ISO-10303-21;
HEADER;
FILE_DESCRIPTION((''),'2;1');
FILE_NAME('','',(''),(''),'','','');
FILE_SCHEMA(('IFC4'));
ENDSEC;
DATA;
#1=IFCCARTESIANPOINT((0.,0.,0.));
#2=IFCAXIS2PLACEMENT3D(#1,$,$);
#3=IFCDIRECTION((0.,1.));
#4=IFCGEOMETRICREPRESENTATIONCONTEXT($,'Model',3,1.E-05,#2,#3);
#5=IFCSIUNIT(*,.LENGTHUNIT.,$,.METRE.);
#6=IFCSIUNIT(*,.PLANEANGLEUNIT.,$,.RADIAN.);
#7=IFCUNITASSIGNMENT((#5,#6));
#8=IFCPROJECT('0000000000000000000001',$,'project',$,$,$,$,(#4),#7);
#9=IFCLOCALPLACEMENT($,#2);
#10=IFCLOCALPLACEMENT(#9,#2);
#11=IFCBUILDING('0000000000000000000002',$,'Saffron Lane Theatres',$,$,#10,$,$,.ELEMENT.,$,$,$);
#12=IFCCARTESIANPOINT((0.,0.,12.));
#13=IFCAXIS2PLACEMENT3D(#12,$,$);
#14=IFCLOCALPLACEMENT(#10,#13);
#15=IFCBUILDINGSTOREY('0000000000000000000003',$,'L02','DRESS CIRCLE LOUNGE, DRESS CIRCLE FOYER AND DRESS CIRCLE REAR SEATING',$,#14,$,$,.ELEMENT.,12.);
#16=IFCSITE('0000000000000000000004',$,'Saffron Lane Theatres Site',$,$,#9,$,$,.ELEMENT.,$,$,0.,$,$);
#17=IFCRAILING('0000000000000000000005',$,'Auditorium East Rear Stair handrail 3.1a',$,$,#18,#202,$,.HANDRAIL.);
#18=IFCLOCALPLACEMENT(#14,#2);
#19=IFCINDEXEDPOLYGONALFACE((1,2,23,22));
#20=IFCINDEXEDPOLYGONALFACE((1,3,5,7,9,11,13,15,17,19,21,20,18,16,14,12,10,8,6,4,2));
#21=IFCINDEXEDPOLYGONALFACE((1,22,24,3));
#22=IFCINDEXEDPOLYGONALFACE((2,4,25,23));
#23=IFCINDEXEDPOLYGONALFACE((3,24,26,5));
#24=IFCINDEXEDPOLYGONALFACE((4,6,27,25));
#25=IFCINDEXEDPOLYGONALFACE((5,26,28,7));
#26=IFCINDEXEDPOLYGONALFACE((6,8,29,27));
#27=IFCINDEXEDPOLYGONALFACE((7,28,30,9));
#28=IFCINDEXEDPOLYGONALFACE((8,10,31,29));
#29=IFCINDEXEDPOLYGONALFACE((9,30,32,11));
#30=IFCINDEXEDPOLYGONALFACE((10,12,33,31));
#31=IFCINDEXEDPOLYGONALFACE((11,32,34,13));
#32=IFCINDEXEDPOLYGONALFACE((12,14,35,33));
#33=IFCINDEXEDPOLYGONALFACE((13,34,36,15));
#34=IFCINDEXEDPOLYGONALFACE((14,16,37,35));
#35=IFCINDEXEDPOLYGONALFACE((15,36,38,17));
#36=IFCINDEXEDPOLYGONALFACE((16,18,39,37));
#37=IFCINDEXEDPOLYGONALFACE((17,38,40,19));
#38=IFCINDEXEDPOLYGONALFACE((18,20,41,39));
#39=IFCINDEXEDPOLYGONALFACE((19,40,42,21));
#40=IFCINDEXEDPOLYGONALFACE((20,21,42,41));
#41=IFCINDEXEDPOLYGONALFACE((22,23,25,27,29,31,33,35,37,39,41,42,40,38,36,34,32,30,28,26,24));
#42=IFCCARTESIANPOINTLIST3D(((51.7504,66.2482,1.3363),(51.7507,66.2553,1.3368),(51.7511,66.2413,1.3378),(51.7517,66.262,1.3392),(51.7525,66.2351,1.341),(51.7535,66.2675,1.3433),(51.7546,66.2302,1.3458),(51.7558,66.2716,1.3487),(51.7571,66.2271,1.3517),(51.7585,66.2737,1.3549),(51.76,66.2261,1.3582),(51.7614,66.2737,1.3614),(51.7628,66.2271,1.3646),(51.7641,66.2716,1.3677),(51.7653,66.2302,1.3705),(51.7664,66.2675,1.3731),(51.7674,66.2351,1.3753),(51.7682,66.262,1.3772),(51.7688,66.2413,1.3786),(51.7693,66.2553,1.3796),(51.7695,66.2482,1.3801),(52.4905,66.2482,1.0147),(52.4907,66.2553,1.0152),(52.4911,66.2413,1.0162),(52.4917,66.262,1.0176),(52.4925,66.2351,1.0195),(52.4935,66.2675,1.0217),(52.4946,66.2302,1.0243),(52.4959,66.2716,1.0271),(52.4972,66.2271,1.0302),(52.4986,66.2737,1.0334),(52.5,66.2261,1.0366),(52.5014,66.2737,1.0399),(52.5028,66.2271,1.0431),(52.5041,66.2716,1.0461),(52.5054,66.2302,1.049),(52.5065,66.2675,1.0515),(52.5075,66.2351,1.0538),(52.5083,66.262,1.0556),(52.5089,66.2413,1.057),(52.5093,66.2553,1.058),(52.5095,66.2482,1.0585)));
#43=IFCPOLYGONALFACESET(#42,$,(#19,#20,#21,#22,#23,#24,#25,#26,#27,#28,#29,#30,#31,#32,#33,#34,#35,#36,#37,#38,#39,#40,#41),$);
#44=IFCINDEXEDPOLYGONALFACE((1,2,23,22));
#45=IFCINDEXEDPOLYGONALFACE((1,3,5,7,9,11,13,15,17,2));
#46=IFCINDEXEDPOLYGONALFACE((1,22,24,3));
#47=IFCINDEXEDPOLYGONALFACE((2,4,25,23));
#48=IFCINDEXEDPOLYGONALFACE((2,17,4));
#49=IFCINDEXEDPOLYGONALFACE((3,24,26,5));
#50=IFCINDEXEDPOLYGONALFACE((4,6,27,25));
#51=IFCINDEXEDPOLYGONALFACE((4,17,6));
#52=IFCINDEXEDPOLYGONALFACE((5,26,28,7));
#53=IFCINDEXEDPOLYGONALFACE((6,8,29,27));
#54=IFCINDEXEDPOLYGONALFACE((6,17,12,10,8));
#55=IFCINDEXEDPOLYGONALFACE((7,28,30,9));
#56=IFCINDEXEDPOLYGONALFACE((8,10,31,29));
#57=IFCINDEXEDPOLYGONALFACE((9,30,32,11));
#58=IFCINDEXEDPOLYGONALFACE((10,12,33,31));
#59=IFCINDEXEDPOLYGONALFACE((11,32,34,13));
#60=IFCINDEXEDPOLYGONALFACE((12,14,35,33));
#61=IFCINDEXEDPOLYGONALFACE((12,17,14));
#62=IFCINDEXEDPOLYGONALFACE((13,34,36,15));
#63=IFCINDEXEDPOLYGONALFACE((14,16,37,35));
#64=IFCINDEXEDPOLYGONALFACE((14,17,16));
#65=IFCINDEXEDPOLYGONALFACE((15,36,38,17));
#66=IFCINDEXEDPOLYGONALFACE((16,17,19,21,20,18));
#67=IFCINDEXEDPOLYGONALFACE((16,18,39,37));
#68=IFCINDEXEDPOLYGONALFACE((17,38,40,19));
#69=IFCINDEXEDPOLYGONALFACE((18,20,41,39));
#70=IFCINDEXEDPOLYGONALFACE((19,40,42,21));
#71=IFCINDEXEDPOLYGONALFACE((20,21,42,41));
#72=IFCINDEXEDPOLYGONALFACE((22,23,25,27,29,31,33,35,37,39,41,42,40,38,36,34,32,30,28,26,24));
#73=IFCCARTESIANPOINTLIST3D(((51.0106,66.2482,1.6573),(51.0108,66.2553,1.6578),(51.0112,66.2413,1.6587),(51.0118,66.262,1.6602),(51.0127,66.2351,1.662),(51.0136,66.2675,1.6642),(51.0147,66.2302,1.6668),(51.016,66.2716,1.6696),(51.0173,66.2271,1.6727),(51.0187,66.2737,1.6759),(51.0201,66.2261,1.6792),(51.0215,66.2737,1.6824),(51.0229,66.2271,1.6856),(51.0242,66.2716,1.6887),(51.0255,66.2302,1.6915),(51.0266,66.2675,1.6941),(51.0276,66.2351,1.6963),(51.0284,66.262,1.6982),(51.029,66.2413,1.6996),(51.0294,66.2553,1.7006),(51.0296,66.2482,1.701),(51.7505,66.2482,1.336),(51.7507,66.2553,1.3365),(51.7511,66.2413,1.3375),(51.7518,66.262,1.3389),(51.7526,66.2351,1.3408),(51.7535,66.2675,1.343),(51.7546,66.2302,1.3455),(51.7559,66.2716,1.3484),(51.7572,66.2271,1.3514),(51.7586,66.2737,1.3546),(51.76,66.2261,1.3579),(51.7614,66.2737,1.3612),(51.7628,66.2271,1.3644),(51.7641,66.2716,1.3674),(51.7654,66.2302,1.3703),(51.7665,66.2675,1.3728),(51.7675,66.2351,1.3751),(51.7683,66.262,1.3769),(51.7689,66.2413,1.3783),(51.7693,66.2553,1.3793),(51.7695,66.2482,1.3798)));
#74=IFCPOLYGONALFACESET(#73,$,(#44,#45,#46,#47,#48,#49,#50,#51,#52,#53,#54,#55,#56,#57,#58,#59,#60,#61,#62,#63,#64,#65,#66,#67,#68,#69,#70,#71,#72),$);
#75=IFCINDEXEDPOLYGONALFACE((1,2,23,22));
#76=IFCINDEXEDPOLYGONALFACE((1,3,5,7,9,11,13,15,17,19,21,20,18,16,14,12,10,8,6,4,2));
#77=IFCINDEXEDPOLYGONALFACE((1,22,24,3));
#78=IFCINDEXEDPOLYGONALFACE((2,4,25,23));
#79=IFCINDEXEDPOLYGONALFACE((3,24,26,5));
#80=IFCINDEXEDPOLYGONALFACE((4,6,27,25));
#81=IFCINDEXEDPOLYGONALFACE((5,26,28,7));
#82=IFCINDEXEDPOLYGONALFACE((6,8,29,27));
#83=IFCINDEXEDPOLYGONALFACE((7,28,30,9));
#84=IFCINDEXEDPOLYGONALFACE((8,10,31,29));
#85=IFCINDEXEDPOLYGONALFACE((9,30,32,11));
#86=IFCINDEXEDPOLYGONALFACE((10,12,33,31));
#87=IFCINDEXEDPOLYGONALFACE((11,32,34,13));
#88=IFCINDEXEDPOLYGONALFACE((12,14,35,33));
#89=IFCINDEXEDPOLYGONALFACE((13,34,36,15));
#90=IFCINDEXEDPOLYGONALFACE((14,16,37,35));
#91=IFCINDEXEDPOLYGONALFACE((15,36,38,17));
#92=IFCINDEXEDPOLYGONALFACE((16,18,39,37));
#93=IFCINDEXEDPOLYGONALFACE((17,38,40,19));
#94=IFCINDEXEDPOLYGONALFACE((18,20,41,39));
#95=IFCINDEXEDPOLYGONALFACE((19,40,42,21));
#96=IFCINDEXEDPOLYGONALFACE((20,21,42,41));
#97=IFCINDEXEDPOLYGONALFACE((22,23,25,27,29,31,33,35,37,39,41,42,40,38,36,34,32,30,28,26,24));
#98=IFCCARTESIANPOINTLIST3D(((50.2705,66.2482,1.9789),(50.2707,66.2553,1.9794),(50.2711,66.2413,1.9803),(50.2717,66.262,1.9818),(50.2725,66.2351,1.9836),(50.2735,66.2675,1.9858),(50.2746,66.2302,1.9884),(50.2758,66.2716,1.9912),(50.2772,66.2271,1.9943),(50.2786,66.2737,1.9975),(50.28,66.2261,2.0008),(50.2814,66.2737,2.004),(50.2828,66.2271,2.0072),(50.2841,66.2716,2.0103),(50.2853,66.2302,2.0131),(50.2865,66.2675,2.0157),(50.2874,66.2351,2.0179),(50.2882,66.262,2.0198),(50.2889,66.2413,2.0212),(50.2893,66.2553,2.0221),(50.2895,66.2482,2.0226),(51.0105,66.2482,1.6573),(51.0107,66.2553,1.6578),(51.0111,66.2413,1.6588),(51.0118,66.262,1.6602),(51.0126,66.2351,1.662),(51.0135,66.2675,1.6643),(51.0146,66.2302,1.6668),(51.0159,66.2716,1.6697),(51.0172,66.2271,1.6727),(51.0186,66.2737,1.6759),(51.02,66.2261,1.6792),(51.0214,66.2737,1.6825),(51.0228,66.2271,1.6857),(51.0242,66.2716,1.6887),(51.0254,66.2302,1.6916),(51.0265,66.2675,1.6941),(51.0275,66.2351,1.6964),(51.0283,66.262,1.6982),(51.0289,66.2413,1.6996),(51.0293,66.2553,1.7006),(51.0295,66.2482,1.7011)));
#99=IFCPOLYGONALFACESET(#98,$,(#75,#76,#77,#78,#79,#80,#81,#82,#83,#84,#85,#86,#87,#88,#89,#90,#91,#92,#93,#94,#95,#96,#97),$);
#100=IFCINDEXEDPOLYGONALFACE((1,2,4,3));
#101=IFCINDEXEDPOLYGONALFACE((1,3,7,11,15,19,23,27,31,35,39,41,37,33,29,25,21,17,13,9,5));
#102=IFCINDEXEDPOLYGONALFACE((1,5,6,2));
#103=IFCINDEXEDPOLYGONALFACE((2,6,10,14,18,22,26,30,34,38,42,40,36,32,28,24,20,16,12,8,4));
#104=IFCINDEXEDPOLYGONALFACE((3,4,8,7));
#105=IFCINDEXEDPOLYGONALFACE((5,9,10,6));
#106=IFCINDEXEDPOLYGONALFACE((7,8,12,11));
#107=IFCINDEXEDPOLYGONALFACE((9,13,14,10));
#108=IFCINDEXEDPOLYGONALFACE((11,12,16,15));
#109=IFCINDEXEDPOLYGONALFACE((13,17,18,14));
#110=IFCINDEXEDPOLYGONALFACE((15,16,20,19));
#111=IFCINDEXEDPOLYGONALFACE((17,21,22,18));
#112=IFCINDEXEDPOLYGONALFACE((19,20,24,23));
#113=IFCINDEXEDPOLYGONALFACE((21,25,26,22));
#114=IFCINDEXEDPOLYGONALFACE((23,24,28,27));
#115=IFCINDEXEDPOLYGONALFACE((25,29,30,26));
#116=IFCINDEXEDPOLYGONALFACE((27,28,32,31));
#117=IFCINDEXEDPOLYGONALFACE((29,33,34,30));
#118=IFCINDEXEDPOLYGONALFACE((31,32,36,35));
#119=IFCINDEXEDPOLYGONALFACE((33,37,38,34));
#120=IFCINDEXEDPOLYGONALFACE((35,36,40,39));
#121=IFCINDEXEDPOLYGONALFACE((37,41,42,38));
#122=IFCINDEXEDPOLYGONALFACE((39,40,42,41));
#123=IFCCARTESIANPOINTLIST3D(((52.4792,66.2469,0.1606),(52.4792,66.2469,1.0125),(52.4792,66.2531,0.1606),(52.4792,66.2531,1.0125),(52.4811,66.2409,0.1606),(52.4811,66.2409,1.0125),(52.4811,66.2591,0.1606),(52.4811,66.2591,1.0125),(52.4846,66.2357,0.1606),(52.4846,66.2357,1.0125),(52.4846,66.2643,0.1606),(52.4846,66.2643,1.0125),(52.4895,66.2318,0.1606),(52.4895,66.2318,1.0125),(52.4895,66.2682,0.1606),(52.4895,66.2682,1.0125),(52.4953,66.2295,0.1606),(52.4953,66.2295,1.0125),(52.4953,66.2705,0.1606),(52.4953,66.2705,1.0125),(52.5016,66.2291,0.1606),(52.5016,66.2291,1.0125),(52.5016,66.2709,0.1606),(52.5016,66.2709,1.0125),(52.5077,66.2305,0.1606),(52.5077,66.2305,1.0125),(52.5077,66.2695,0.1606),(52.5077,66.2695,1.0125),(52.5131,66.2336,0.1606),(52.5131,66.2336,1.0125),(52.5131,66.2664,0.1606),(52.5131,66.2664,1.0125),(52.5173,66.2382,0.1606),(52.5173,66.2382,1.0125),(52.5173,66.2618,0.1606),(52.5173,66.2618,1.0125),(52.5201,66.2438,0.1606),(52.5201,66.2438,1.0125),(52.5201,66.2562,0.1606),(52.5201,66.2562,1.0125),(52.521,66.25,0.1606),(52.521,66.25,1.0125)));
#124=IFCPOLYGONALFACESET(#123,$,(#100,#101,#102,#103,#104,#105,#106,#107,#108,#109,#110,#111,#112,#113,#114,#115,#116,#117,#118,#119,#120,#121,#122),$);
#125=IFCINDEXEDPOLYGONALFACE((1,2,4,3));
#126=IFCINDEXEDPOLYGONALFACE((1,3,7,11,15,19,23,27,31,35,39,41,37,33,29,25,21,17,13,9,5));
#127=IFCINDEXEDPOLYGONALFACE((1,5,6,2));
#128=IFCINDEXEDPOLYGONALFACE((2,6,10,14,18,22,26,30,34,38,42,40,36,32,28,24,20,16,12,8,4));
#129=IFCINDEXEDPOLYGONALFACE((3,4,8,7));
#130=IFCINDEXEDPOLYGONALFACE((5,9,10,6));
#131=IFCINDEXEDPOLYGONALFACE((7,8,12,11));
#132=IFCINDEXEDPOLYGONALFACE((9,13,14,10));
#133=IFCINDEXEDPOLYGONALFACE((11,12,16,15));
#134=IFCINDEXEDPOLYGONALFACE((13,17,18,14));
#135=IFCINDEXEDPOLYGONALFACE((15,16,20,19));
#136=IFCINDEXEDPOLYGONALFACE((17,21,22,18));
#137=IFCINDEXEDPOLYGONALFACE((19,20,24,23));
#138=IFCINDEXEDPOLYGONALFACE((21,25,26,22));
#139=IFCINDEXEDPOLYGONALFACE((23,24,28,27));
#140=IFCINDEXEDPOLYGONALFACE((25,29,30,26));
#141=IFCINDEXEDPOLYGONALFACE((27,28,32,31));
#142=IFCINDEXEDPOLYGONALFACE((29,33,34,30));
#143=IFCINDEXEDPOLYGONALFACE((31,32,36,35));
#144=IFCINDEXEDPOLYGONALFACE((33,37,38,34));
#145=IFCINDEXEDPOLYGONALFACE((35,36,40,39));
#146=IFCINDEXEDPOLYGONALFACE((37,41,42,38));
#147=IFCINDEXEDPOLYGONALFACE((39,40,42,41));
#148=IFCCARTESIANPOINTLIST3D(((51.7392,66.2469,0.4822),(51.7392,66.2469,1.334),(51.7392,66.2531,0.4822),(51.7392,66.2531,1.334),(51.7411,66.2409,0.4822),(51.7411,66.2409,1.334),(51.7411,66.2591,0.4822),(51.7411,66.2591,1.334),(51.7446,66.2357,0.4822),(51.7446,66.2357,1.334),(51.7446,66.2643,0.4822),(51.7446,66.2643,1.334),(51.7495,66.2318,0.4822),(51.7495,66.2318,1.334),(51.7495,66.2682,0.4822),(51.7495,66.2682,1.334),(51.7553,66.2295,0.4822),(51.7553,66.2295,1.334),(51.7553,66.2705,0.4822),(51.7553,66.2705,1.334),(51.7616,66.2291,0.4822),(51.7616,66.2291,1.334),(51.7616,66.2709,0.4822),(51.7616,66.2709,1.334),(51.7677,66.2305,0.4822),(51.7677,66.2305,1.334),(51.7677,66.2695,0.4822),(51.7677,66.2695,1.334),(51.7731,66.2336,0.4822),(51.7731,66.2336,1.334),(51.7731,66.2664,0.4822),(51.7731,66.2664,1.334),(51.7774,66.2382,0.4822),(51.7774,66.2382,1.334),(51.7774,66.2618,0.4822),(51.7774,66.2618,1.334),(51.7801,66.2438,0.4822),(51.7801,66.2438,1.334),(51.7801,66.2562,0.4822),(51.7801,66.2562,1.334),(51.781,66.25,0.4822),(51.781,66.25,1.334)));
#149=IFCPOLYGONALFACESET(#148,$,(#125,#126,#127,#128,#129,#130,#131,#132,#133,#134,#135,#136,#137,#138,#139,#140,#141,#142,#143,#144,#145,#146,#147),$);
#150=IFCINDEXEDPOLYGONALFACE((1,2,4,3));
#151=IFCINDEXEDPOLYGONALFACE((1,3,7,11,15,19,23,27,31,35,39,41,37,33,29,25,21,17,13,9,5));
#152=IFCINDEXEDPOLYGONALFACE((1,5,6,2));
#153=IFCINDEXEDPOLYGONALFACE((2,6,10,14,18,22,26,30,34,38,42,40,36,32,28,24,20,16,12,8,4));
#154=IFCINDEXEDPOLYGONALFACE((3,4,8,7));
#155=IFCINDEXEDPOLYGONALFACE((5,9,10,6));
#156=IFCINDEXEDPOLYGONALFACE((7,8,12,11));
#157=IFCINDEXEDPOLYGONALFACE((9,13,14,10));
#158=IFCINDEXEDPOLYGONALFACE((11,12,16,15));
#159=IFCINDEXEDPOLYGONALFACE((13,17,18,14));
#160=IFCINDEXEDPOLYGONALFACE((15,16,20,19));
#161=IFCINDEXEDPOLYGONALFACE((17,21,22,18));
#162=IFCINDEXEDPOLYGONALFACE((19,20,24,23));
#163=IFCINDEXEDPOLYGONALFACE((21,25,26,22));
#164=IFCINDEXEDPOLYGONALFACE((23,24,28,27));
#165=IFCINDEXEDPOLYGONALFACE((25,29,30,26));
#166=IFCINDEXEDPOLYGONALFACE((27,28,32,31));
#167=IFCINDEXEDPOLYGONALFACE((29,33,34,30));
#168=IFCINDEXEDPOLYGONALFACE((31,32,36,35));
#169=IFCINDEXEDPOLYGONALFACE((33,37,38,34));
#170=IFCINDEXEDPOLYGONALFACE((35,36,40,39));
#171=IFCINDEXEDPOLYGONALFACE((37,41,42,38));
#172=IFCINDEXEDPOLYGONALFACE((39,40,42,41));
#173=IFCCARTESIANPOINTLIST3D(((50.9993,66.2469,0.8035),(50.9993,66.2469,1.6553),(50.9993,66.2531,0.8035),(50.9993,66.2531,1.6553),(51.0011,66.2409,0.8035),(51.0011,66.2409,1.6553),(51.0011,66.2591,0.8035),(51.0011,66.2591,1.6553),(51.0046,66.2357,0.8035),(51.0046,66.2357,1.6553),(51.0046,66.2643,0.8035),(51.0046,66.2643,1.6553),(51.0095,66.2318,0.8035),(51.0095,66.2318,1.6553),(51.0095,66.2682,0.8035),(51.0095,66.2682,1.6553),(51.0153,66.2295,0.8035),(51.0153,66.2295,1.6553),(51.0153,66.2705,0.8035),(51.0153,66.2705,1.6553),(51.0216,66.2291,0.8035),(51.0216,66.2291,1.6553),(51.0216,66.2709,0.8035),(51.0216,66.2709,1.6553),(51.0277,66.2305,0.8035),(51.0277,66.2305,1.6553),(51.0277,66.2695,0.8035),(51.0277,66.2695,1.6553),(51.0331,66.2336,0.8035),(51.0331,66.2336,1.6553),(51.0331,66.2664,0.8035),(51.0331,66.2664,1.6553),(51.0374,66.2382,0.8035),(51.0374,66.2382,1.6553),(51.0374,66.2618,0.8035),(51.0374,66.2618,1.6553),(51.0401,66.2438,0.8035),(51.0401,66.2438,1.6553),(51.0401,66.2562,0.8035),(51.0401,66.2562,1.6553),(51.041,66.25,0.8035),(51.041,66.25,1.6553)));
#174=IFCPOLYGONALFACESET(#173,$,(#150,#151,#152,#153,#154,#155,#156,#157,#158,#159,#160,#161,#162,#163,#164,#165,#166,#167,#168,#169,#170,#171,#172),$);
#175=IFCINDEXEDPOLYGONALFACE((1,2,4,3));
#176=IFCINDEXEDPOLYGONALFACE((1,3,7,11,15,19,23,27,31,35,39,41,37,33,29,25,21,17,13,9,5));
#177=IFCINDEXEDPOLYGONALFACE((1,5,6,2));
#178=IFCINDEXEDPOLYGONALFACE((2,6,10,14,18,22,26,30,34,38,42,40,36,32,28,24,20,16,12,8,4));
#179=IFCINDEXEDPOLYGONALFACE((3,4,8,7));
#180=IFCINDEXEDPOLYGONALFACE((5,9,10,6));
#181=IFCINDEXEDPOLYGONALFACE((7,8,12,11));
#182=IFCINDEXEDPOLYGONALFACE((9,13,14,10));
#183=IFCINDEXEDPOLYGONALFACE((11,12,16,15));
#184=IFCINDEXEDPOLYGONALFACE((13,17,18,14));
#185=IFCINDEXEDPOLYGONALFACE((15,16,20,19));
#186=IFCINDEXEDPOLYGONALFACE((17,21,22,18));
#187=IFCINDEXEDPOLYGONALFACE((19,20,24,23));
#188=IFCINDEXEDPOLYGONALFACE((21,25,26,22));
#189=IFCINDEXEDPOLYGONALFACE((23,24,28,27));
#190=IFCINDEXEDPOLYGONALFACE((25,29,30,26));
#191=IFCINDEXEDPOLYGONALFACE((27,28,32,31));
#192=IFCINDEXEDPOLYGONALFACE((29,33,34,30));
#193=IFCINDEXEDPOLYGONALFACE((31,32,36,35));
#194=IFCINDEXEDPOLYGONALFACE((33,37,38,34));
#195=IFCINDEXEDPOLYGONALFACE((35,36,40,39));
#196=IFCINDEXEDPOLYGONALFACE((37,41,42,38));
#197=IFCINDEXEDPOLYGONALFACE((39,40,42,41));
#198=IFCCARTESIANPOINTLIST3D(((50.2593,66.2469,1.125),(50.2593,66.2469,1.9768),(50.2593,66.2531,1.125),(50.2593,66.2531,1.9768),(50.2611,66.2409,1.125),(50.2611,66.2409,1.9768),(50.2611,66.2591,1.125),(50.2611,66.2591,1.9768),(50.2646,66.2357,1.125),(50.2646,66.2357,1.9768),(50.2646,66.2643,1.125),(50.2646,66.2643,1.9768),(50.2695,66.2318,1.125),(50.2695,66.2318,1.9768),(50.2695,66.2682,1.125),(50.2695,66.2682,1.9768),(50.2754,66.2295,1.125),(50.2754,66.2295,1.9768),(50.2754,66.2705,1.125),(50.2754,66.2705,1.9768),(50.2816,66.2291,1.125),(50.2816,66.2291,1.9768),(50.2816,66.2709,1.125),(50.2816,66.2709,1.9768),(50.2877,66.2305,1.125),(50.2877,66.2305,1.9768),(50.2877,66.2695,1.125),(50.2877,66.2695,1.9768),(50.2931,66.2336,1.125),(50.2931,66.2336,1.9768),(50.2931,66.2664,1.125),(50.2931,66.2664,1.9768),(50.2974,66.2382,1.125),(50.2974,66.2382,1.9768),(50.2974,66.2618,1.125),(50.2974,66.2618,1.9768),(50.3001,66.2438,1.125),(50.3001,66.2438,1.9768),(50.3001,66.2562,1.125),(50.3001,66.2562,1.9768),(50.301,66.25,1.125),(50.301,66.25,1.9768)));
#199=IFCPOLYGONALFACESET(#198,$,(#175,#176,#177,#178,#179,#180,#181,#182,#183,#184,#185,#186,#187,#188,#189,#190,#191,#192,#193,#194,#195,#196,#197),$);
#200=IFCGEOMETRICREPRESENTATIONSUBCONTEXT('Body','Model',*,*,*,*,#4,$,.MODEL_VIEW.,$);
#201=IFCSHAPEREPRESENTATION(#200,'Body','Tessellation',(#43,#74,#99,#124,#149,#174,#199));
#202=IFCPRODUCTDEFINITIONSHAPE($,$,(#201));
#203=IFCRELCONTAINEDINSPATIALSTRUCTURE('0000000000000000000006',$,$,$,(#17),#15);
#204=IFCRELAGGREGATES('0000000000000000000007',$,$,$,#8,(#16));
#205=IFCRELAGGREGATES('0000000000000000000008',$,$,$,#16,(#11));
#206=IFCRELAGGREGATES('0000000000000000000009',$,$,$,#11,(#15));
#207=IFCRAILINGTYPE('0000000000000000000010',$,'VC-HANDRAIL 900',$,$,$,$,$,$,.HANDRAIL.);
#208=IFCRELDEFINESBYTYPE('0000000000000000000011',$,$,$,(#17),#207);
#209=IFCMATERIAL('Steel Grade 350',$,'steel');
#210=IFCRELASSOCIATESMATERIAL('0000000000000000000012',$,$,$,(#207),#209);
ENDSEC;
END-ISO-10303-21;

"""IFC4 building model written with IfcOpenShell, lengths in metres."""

from ifc_helpers import new_model, si_unit, direction, frame, origin, origin_2d, place, context, subcontext, project, spatial, circle, extrude, material, type_object, element, save


model = new_model("IFC4")

# Units and contexts
model_context = context("Model", 3, precision=1e-05, world=origin(), true_north=direction((0.0, 1.0)))
body_context = subcontext(model_context, "Body", "Model", "MODEL_VIEW")
ifc_project = project(units=[si_unit("LENGTHUNIT", "METRE"), si_unit("PLANEANGLEUNIT", "RADIAN")], contexts=[model_context])

# Site, building, storey
site_placement = place(None, origin())
site = spatial("IfcSite", under=ifc_project, at=site_placement, Name="Saffron Lane Theatres Site", CompositionType="ELEMENT", RefElevation=0.0)
building_placement = place(site_placement, origin())
building = spatial("IfcBuilding", under=site, at=building_placement, Name="Saffron Lane Theatres", CompositionType="ELEMENT")
storey_placement = place(building_placement, frame((0.0, 0.0, 12.0)))
storey = spatial("IfcBuildingStorey", under=building, at=storey_placement, Name="L02", Description="DRESS CIRCLE LOUNGE, DRESS CIRCLE FOYER AND DRESS CIRCLE REAR SEATING", CompositionType="ELEMENT", Elevation=12.0)

# Railing
ifc_material_1 = material(Name="Steel Grade 350", Category="steel")
railing_type_1 = type_object("IfcRailingType", Name="VC-HANDRAIL 900", PredefinedType="HANDRAIL", material=ifc_material_1)
for number, where, name in (
    (1, (52.5, 66.25, 0.1606), "Auditorium East Rear Stair handrail 3.1a"),
):
    element("IfcRailing", number, at=place(storey_placement, frame(where)), inside=storey, type_object=railing_type_1, Name=name, PredefinedType="HANDRAIL", context=body_context, shape_type="SweptSolid", body=[
        extrude(circle(Radius=0.0239, at=origin_2d()), frame((0.0, 0.0, 0.876), z_axis=(-0.917161, 0.0, 0.398516), x_axis=(0.0, -1.0, 0.0)), (0.0, 0.0, 1.0), 0.8069),
        extrude(circle(Radius=0.0239, at=origin_2d()), frame((-0.74, 0.0, 1.1973), z_axis=(-0.917272, 0.0, 0.398261), x_axis=(0.0, -1.0, 0.0)), (0.0, 0.0, 1.0), 0.8066),
        extrude(circle(Radius=0.0239, at=origin_2d()), frame((-1.48, 0.0, 1.5186), z_axis=(-0.917161, 0.0, 0.398516), x_axis=(0.0, -1.0, 0.0)), (0.0, 0.0, 1.0), 0.8069),
        extrude(circle(Radius=0.021, at=origin_2d()), origin(), (0.0, 0.0, 1.0), 0.8518),
        extrude(circle(Radius=0.021, at=origin_2d()), frame((-0.74, 0.0, 0.3215)), (0.0, 0.0, 1.0), 0.8518),
        extrude(circle(Radius=0.021, at=origin_2d()), frame((-1.48, 0.0, 0.6428)), (0.0, 0.0, 1.0), 0.8518),
        extrude(circle(Radius=0.021, at=origin_2d()), frame((-2.22, 0.0, 0.9644)), (0.0, 0.0, 1.0), 0.8518),
    ])

save(model, "model.ifc")
